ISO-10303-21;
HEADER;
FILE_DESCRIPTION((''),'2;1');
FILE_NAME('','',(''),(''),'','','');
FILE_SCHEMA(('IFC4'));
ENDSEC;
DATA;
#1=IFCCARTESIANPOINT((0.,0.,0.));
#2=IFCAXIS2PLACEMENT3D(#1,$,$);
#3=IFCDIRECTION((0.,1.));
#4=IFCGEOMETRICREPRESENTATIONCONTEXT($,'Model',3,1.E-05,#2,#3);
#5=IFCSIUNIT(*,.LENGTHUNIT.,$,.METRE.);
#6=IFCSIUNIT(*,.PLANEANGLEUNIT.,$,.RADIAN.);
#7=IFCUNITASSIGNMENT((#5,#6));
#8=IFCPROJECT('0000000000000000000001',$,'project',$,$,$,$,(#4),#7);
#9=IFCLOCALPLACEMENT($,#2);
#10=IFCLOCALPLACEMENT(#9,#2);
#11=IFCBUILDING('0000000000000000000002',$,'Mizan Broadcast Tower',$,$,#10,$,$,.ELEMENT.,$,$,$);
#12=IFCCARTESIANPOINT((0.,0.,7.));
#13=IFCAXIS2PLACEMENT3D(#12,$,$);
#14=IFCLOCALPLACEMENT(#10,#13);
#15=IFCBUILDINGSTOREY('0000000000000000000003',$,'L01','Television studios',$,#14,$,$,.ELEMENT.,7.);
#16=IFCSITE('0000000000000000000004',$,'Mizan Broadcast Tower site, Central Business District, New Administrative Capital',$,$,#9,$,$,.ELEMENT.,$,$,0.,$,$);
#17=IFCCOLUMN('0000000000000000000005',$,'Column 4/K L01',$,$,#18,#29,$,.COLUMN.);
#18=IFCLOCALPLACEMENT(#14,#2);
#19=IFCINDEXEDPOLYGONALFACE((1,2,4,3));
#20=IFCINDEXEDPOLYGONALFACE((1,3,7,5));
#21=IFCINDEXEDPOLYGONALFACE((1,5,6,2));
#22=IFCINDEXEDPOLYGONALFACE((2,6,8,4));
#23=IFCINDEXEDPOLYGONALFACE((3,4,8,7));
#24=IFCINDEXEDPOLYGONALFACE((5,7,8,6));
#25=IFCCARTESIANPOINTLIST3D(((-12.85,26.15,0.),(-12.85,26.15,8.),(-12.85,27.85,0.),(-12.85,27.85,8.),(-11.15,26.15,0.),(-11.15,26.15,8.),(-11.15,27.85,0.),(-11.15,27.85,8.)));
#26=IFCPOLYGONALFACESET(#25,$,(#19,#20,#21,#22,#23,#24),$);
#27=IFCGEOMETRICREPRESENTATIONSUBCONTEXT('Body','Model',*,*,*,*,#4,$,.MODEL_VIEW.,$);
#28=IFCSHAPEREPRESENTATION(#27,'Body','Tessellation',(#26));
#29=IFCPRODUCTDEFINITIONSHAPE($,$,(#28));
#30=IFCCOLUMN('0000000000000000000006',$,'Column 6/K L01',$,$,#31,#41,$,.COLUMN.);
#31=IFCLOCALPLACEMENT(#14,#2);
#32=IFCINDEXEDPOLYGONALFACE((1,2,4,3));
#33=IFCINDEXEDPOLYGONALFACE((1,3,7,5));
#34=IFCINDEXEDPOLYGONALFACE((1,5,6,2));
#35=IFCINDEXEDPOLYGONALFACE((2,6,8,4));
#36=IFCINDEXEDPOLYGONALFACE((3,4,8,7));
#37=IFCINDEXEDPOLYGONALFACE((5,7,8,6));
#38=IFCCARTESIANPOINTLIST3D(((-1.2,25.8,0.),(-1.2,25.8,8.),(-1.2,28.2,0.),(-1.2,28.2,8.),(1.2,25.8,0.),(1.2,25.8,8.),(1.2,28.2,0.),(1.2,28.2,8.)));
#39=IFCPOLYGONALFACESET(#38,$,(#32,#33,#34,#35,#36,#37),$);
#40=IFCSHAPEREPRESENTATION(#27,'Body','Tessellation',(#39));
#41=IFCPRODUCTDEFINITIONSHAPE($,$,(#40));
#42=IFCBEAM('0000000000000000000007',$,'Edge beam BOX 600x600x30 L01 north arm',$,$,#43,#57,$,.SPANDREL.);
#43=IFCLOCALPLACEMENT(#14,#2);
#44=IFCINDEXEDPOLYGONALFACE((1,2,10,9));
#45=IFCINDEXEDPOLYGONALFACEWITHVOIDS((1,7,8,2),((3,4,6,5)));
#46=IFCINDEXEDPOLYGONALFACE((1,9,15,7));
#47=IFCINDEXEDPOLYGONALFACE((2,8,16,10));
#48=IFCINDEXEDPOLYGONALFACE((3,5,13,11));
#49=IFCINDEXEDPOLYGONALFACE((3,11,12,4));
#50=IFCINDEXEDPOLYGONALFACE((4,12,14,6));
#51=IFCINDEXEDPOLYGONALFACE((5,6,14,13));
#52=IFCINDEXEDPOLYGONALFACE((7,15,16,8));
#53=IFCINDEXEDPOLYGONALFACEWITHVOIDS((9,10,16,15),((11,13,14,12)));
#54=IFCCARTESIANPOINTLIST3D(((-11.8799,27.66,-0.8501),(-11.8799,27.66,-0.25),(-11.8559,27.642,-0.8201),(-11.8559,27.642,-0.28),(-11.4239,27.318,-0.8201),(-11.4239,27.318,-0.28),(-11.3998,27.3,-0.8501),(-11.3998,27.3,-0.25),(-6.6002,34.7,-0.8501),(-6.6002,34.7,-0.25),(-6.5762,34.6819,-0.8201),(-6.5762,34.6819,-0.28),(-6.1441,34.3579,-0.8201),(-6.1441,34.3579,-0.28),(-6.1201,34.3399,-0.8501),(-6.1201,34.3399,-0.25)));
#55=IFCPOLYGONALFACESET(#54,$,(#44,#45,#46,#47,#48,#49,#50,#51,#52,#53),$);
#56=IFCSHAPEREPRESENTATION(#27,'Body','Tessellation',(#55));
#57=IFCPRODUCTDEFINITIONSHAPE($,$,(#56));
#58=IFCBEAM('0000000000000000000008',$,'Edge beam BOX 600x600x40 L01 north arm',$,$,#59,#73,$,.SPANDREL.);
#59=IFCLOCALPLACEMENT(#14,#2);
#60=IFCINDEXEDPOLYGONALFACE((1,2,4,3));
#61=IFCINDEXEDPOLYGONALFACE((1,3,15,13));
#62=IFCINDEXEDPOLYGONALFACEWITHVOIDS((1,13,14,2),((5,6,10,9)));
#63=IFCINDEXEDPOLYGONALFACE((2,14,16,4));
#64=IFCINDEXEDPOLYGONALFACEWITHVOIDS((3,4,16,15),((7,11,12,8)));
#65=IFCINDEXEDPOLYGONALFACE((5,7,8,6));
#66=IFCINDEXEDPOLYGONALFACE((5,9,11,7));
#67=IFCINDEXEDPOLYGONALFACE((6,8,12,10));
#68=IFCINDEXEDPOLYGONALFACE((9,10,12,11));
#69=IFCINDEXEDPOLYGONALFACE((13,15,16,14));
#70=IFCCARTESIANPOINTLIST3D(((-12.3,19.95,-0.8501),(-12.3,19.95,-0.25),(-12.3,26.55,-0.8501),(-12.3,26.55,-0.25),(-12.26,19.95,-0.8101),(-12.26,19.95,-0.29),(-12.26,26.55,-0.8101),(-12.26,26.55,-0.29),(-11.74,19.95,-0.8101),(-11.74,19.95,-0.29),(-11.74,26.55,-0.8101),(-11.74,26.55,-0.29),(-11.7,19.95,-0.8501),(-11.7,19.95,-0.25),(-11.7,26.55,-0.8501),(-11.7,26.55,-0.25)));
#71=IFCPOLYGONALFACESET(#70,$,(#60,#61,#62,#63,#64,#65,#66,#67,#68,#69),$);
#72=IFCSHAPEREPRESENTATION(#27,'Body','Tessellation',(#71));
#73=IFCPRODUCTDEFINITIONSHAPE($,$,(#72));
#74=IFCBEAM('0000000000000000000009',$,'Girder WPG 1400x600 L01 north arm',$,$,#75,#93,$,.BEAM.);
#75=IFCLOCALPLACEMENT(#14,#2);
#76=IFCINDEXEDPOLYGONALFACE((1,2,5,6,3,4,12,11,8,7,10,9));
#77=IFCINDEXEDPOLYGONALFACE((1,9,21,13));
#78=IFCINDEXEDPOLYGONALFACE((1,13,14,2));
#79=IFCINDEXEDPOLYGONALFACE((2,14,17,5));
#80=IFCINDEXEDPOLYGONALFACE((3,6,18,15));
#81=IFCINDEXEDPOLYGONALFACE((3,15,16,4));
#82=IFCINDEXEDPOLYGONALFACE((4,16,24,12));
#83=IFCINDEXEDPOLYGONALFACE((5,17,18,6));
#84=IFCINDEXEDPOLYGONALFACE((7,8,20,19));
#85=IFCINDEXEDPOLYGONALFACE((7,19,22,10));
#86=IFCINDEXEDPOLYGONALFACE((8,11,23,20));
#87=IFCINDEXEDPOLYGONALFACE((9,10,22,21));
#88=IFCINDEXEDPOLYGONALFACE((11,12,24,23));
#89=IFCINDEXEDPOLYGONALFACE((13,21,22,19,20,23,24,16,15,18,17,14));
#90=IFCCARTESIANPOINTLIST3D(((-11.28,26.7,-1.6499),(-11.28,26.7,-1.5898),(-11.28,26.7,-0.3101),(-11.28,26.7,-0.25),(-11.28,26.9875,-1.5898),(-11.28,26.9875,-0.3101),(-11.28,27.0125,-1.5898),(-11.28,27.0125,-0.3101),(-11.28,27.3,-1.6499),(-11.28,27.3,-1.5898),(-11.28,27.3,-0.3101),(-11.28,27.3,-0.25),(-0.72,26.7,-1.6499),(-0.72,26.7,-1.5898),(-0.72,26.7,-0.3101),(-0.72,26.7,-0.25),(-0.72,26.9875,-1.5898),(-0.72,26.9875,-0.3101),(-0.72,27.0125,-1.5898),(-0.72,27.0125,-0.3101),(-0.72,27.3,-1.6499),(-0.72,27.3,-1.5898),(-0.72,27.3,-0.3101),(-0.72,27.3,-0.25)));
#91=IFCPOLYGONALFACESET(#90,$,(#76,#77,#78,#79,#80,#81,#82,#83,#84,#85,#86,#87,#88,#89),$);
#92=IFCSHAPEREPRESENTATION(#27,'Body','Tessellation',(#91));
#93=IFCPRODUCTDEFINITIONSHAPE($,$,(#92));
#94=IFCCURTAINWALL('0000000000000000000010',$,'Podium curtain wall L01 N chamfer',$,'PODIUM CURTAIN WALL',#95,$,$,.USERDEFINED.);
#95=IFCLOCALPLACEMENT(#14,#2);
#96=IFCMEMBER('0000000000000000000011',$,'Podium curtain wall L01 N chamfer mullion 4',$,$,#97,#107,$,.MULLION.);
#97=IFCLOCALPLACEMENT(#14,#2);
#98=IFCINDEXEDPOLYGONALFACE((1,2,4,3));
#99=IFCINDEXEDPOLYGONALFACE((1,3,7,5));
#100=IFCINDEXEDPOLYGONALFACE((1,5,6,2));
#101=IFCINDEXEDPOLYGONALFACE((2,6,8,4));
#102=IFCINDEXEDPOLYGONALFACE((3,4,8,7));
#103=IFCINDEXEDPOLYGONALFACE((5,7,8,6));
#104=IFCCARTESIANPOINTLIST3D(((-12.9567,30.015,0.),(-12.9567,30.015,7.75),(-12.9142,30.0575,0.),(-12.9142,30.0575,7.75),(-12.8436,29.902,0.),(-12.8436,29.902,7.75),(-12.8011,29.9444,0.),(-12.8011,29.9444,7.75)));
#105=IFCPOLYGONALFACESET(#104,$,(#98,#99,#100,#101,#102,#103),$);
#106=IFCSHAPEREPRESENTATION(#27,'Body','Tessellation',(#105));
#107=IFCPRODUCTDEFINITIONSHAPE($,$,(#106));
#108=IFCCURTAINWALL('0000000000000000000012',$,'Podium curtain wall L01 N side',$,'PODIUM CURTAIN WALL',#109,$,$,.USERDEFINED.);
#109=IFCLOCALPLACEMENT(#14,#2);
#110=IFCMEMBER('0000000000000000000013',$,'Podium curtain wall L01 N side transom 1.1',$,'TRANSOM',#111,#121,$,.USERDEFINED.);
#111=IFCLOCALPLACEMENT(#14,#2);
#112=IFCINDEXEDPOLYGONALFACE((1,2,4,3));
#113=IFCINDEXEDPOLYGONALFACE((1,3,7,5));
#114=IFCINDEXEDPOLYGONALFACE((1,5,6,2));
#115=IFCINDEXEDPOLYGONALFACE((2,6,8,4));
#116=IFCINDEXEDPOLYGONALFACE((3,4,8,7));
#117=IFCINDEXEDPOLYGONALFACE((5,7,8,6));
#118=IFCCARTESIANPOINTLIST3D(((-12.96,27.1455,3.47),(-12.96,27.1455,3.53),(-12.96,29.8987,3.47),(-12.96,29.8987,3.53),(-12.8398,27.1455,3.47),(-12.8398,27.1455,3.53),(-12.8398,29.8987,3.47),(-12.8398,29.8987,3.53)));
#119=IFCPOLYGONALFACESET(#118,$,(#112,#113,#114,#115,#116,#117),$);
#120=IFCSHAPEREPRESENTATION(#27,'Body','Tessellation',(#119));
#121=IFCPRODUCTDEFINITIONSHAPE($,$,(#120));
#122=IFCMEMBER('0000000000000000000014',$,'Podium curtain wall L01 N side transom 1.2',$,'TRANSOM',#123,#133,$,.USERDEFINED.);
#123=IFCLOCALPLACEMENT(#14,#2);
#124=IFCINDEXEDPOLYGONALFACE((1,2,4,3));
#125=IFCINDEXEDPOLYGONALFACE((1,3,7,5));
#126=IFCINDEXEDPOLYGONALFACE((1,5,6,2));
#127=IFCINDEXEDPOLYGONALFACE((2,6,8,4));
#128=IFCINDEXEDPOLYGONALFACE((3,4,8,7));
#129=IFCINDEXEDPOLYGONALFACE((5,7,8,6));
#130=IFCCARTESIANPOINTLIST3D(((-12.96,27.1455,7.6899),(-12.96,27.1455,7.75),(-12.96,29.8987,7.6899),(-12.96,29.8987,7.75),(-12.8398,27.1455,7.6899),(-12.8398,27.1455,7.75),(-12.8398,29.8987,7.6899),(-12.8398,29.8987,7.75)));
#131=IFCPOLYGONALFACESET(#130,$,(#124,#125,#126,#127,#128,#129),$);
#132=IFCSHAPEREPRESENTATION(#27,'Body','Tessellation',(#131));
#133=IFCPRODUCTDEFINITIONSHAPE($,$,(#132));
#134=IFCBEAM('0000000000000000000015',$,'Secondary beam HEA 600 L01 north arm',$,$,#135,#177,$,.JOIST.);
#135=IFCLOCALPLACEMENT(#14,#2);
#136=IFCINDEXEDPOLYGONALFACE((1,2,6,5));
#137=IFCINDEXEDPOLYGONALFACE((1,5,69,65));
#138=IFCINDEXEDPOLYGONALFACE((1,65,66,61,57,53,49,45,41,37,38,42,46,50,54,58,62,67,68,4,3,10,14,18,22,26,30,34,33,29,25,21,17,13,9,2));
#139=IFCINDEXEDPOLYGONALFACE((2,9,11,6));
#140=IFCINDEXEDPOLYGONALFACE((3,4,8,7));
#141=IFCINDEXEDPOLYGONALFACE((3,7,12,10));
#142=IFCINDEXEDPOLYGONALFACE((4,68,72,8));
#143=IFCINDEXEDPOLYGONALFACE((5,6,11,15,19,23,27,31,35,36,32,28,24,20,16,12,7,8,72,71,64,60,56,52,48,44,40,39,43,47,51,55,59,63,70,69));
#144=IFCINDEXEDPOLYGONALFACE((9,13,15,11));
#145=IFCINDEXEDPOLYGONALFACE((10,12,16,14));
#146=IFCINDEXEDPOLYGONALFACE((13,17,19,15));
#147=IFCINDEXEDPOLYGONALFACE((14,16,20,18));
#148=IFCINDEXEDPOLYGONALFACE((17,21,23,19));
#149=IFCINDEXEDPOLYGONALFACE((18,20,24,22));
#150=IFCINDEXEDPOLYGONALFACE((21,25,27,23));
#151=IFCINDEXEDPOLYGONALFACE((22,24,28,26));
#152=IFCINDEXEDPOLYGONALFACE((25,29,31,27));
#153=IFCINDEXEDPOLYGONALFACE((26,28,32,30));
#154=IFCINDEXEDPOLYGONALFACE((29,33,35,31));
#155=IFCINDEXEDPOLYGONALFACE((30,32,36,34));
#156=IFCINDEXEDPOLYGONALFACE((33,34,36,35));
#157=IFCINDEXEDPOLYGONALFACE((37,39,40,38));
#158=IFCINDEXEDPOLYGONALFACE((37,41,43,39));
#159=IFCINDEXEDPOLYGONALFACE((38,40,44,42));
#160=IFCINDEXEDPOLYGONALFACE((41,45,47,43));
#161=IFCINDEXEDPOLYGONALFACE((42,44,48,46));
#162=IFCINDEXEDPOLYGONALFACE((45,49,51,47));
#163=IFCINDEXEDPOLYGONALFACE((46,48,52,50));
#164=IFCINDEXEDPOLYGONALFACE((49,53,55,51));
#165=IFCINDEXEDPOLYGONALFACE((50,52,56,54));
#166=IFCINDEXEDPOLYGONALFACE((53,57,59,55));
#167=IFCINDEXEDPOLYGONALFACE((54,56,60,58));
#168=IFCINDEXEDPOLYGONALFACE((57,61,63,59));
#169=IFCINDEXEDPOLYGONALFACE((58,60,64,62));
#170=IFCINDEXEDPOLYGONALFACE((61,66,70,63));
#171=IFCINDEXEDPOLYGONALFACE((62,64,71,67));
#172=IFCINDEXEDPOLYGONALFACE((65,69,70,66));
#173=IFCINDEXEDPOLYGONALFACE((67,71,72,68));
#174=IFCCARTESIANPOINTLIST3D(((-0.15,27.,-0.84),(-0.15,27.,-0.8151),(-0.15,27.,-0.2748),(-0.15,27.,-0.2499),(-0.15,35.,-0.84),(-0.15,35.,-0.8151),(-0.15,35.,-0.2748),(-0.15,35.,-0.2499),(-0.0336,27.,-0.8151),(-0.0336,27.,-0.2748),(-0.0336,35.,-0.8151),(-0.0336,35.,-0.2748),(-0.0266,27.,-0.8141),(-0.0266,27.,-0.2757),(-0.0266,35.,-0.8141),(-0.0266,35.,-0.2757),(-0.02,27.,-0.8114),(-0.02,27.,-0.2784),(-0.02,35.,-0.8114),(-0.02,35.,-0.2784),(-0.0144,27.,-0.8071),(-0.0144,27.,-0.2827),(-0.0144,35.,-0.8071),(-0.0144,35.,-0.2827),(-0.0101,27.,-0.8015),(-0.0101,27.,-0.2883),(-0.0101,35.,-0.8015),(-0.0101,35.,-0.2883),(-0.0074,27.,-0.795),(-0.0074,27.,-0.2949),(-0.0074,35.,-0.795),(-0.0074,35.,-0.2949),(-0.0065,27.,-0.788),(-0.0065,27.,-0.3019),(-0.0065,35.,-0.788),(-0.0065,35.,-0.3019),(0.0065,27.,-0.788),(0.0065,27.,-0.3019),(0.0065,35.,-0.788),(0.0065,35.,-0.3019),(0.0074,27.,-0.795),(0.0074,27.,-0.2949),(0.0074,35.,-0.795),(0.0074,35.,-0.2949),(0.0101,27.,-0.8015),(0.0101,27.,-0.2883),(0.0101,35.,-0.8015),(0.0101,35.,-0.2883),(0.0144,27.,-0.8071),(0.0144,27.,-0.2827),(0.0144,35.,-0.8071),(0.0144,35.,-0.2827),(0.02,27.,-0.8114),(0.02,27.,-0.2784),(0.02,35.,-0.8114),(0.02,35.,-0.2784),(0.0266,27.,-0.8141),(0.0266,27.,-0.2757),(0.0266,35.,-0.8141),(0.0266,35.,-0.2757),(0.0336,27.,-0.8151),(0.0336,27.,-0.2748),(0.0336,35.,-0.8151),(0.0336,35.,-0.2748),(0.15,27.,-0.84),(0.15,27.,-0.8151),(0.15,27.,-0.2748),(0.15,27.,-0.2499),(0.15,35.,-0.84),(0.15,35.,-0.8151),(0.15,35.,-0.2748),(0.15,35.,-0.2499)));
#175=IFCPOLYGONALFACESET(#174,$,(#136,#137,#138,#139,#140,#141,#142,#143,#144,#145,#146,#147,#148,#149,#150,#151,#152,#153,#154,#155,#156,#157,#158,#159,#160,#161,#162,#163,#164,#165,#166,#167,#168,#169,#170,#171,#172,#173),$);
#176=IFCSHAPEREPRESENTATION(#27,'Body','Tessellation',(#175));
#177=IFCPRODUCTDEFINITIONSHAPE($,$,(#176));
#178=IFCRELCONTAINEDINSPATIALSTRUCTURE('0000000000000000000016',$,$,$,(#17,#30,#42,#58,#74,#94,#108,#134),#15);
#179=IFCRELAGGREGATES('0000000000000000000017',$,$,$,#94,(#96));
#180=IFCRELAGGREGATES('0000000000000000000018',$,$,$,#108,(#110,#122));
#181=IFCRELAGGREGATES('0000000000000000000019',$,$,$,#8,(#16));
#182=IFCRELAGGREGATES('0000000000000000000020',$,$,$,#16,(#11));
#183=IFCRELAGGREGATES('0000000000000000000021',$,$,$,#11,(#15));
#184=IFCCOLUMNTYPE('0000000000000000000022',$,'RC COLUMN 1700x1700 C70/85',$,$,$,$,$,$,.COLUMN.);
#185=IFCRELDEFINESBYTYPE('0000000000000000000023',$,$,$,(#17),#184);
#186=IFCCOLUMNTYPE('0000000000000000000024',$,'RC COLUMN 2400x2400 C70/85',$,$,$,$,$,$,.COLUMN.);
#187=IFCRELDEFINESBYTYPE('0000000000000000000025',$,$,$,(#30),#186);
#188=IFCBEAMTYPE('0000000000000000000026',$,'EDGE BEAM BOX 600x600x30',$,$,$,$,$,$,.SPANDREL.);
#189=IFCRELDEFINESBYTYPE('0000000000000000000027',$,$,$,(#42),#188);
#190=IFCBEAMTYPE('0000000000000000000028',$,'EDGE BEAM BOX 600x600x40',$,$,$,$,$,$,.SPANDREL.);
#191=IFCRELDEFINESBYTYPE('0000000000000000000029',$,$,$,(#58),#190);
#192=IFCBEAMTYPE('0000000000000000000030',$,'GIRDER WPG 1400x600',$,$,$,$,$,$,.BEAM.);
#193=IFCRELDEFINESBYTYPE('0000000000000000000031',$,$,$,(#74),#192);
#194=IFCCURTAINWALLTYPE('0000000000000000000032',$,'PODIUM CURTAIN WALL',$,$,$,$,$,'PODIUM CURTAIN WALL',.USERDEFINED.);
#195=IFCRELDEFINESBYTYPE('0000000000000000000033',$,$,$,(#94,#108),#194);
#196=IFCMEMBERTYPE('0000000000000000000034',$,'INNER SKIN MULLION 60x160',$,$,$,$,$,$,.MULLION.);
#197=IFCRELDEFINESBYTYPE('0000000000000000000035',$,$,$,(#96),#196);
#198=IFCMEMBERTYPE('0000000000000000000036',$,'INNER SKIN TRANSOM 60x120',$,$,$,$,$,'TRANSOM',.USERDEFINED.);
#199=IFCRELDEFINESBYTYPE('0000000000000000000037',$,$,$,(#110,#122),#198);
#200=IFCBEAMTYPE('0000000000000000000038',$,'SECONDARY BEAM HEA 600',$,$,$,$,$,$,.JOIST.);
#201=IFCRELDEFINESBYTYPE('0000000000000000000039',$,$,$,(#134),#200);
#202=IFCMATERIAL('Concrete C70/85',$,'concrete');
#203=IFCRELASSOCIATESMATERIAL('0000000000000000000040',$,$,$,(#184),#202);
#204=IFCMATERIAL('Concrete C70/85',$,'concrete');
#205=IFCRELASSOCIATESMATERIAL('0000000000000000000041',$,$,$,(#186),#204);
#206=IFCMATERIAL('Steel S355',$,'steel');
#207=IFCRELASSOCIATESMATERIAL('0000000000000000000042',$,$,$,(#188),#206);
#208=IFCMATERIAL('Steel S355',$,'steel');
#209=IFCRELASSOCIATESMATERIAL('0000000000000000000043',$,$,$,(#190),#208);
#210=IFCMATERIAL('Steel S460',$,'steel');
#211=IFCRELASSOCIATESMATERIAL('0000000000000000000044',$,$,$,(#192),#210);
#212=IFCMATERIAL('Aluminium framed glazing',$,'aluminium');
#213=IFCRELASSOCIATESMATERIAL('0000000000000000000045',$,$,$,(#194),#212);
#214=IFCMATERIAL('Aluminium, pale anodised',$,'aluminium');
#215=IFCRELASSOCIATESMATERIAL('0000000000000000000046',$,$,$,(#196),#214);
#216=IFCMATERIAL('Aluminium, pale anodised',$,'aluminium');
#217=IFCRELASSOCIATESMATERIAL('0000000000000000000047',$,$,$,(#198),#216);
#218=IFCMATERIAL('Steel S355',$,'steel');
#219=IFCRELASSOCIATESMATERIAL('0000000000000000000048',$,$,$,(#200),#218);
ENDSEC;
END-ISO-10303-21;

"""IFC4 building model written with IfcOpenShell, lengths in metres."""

from ifc_helpers import new_model, si_unit, direction, frame, origin, origin_2d, place, context, subcontext, project, spatial, rectangle, hollow_rectangle, i_section, extrude, material, material_profile, profile_set, type_object, element, aggregate, save


model = new_model("IFC4")

# Units and contexts
model_context = context("Model", 3, precision=1e-05, world=origin(), true_north=direction((0.0, 1.0)))
body_context = subcontext(model_context, "Body", "Model", "MODEL_VIEW")
ifc_project = project(units=[si_unit("LENGTHUNIT", "METRE"), si_unit("PLANEANGLEUNIT", "RADIAN")], contexts=[model_context])

# Site, building, storey
site_placement = place(None, origin())
site = spatial("IfcSite", under=ifc_project, at=site_placement, Name="Mizan Broadcast Tower site, Central Business District, New Administrative Capital", CompositionType="ELEMENT", RefElevation=0.0)
building_placement = place(site_placement, origin())
building = spatial("IfcBuilding", under=site, at=building_placement, Name="Mizan Broadcast Tower", CompositionType="ELEMENT")
storey_placement = place(building_placement, frame((0.0, 0.0, 7.0)))
storey = spatial("IfcBuildingStorey", under=building, at=storey_placement, Name="L01", Description="Television studios", CompositionType="ELEMENT", Elevation=7.0)

# Columns
ifc_material_1 = material(Name="Concrete C70/85", Category="concrete")
ifc_material_profile_1 = material_profile(ifc_material_1, rectangle(XDim=1.7, YDim=1.7, at=origin_2d()), Name="RC 1700x1700")
ifc_profile_set_1 = profile_set([ifc_material_profile_1], Name="Concrete C70/85")
column_type_1 = type_object("IfcColumnType", Name="RC COLUMN 1700x1700 C70/85", PredefinedType="COLUMN", material=ifc_profile_set_1)
column_1_placement = place(storey_placement, frame((-12.0, 27.0, 0.0), z_axis=(0.0, 0.0, 1.0), x_axis=(1.0, 0.0, 0.0)))
element("IfcColumn", 1, at=column_1_placement, inside=storey, type_object=column_type_1, Name="Column 4/K L01", PredefinedType="COLUMN", context=body_context, shape_type="SweptSolid", body=[
    extrude(rectangle(XDim=1.7, YDim=1.7, at=origin_2d()), origin(), (0.0, 0.0, 1.0), 8.0),
])
ifc_material_2 = material(Name="Concrete C70/85", Category="concrete")
ifc_material_profile_2 = material_profile(ifc_material_2, rectangle(XDim=2.3999, YDim=2.3999, at=origin_2d()), Name="RC 2400x2400")
ifc_profile_set_2 = profile_set([ifc_material_profile_2], Name="Concrete C70/85")
column_type_2 = type_object("IfcColumnType", Name="RC COLUMN 2400x2400 C70/85", PredefinedType="COLUMN", material=ifc_profile_set_2)
column_2_placement = place(storey_placement, frame((0.0, 27.0, 0.0), z_axis=(0.0, 0.0, 1.0), x_axis=(1.0, 0.0, 0.0)))
element("IfcColumn", 2, at=column_2_placement, inside=storey, type_object=column_type_2, Name="Column 6/K L01", PredefinedType="COLUMN", context=body_context, shape_type="SweptSolid", body=[
    extrude(rectangle(XDim=2.3999, YDim=2.3999, at=origin_2d()), origin(), (0.0, 0.0, 1.0), 8.0),
])

# Beams
ifc_material_3 = material(Name="Steel S355", Category="steel")
ifc_material_profile_3 = material_profile(ifc_material_3, hollow_rectangle(XDim=0.6001, YDim=0.6001, WallThickness=0.03, at=origin_2d()), Name="BOX 600x600x30")
ifc_profile_set_3 = profile_set([ifc_material_profile_3], Name="Steel S355")
beam_type_1 = type_object("IfcBeamType", Name="EDGE BEAM BOX 600x600x30", PredefinedType="SPANDREL", material=ifc_profile_set_3)
beam_1_placement = place(storey_placement, frame((-11.6399, 27.48, -0.55), z_axis=(0.599982, 0.800013, 0.0), x_axis=(-0.800013, 0.599982, 0.0)))
element("IfcBeam", 3, at=beam_1_placement, inside=storey, type_object=beam_type_1, Name="Edge beam BOX 600x600x30 L01 north arm", PredefinedType="SPANDREL", context=body_context, shape_type="SweptSolid", body=[
    extrude(hollow_rectangle(XDim=0.6001, YDim=0.6001, WallThickness=0.03, at=origin_2d()), origin(), (0.0, 0.0, 1.0), 8.7998),
])
ifc_material_4 = material(Name="Steel S355", Category="steel")
ifc_material_profile_4 = material_profile(ifc_material_4, hollow_rectangle(XDim=0.6001, YDim=0.6001, WallThickness=0.04, at=origin_2d()), Name="BOX 600x600x40")
ifc_profile_set_4 = profile_set([ifc_material_profile_4], Name="Steel S355")
beam_type_2 = type_object("IfcBeamType", Name="EDGE BEAM BOX 600x600x40", PredefinedType="SPANDREL", material=ifc_profile_set_4)
beam_2_placement = place(storey_placement, frame((-12.0, 19.95, -0.55), z_axis=(0.0, 1.0, 0.0), x_axis=(-1.0, 0.0, 0.0)))
element("IfcBeam", 4, at=beam_2_placement, inside=storey, type_object=beam_type_2, Name="Edge beam BOX 600x600x40 L01 north arm", PredefinedType="SPANDREL", context=body_context, shape_type="SweptSolid", body=[
    extrude(hollow_rectangle(XDim=0.6001, YDim=0.6001, WallThickness=0.04, at=origin_2d()), origin(), (0.0, 0.0, 1.0), 6.6001),
])
ifc_material_5 = material(Name="Steel S460", Category="steel")
ifc_material_profile_5 = material_profile(ifc_material_5, i_section(OverallWidth=0.6001, OverallDepth=1.3999, WebThickness=0.0249, FlangeThickness=0.0601, at=origin_2d()), Name="WPG 1400x600")
ifc_profile_set_5 = profile_set([ifc_material_profile_5], Name="Steel S460")
beam_type_3 = type_object("IfcBeamType", Name="GIRDER WPG 1400x600", PredefinedType="BEAM", material=ifc_profile_set_5)
beam_3_placement = place(storey_placement, frame((-0.72, 27.0, -0.95), z_axis=(-1.0, 0.0, 0.0), x_axis=(0.0, -1.0, 0.0)))
element("IfcBeam", 5, at=beam_3_placement, inside=storey, type_object=beam_type_3, Name="Girder WPG 1400x600 L01 north arm", PredefinedType="BEAM", context=body_context, shape_type="SweptSolid", body=[
    extrude(i_section(OverallWidth=0.6001, OverallDepth=1.3999, WebThickness=0.0249, FlangeThickness=0.0601, at=origin_2d()), origin(), (0.0, 0.0, 1.0), 10.5601),
])

# Curtain wall, member
ifc_material_6 = material(Name="Aluminium framed glazing", Category="aluminium")
curtain_wall_type = type_object("IfcCurtainWallType", Name="PODIUM CURTAIN WALL", ElementType="PODIUM CURTAIN WALL", PredefinedType="USERDEFINED", material=ifc_material_6)
curtain_wall_1_placement = place(storey_placement, origin())
curtain_wall_1 = element("IfcCurtainWall", 6, at=curtain_wall_1_placement, inside=storey, type_object=curtain_wall_type, Name="Podium curtain wall L01 N chamfer", ObjectType="PODIUM CURTAIN WALL", PredefinedType="USERDEFINED")
ifc_material_7 = material(Name="Aluminium, pale anodised", Category="aluminium")
ifc_material_profile_6 = material_profile(ifc_material_7, rectangle(XDim=0.1599, YDim=0.0601, at=origin_2d()), Name="MULLION 160x60")
ifc_profile_set_6 = profile_set([ifc_material_profile_6], Name="Aluminium, pale anodised")
member_type_1 = type_object("IfcMemberType", Name="INNER SKIN MULLION 60x160", PredefinedType="MULLION", material=ifc_profile_set_6)
member_1_placement = place(storey_placement, frame((-12.8789, 29.9797, 0.0), z_axis=(0.0, 0.0, 1.0), x_axis=(0.707107, -0.707107, 0.0)))
member_1 = element("IfcMember", 7, at=member_1_placement, type_object=member_type_1, Name="Podium curtain wall L01 N chamfer mullion 4", PredefinedType="MULLION", context=body_context, shape_type="SweptSolid", body=[
    extrude(rectangle(XDim=0.1599, YDim=0.0601, at=origin_2d()), origin(), (0.0, 0.0, 1.0), 7.75),
])

# Curtain wall, members
curtain_wall_2_placement = place(storey_placement, origin())
curtain_wall_2 = element("IfcCurtainWall", 8, at=curtain_wall_2_placement, inside=storey, type_object=curtain_wall_type, Name="Podium curtain wall L01 N side", ObjectType="PODIUM CURTAIN WALL", PredefinedType="USERDEFINED")
ifc_material_8 = material(Name="Aluminium, pale anodised", Category="aluminium")
ifc_material_profile_7 = material_profile(ifc_material_8, rectangle(XDim=0.1201, YDim=0.0601, at=origin_2d()), Name="TRANSOM 120x60")
ifc_profile_set_7 = profile_set([ifc_material_profile_7], Name="Aluminium, pale anodised")
member_type_2 = type_object("IfcMemberType", Name="INNER SKIN TRANSOM 60x120", ElementType="TRANSOM", PredefinedType="USERDEFINED", material=ifc_profile_set_7)
member_2_placement = place(storey_placement, frame((-12.8999, 29.8987, 3.5), z_axis=(0.0, -1.0, 0.0), x_axis=(1.0, 0.0, 0.0)))
member_2 = element("IfcMember", 9, at=member_2_placement, type_object=member_type_2, Name="Podium curtain wall L01 N side transom 1.1", ObjectType="TRANSOM", PredefinedType="USERDEFINED", context=body_context, shape_type="SweptSolid", body=[
    extrude(rectangle(XDim=0.1201, YDim=0.0601, at=origin_2d()), origin(), (0.0, 0.0, 1.0), 2.7532),
])
member_3_placement = place(storey_placement, frame((-12.8999, 29.8987, 7.72), z_axis=(0.0, -1.0, 0.0), x_axis=(1.0, 0.0, 0.0)))
member_3 = element("IfcMember", 10, at=member_3_placement, type_object=member_type_2, Name="Podium curtain wall L01 N side transom 1.2", ObjectType="TRANSOM", PredefinedType="USERDEFINED", context=body_context, shape_type="SweptSolid", body=[
    extrude(rectangle(XDim=0.1201, YDim=0.0601, at=origin_2d()), origin(), (0.0, 0.0, 1.0), 2.7532),
])

# Beam
ifc_material_9 = material(Name="Steel S355", Category="steel")
ifc_material_profile_8 = material_profile(ifc_material_9, i_section(OverallWidth=0.3, OverallDepth=0.5901, WebThickness=0.0129, FlangeThickness=0.0249, FilletRadius=0.0271, at=origin_2d()), Name="HEA 600")
ifc_profile_set_8 = profile_set([ifc_material_profile_8], Name="Steel S355")
beam_type_4 = type_object("IfcBeamType", Name="SECONDARY BEAM HEA 600", PredefinedType="JOIST", material=ifc_profile_set_8)
beam_4_placement = place(storey_placement, frame((0.0, 27.0, -0.5449), z_axis=(0.0, 1.0, 0.0), x_axis=(-1.0, 0.0, 0.0)))
element("IfcBeam", 11, at=beam_4_placement, inside=storey, type_object=beam_type_4, Name="Secondary beam HEA 600 L01 north arm", PredefinedType="JOIST", context=body_context, shape_type="SweptSolid", body=[
    extrude(i_section(OverallWidth=0.3, OverallDepth=0.5901, WebThickness=0.0129, FlangeThickness=0.0249, FilletRadius=0.0271, at=origin_2d()), origin(), (0.0, 0.0, 1.0), 8.0),
])

aggregate(curtain_wall_1, [member_1])
aggregate(curtain_wall_2, [member_2, member_3])

save(model, "model.ifc")
